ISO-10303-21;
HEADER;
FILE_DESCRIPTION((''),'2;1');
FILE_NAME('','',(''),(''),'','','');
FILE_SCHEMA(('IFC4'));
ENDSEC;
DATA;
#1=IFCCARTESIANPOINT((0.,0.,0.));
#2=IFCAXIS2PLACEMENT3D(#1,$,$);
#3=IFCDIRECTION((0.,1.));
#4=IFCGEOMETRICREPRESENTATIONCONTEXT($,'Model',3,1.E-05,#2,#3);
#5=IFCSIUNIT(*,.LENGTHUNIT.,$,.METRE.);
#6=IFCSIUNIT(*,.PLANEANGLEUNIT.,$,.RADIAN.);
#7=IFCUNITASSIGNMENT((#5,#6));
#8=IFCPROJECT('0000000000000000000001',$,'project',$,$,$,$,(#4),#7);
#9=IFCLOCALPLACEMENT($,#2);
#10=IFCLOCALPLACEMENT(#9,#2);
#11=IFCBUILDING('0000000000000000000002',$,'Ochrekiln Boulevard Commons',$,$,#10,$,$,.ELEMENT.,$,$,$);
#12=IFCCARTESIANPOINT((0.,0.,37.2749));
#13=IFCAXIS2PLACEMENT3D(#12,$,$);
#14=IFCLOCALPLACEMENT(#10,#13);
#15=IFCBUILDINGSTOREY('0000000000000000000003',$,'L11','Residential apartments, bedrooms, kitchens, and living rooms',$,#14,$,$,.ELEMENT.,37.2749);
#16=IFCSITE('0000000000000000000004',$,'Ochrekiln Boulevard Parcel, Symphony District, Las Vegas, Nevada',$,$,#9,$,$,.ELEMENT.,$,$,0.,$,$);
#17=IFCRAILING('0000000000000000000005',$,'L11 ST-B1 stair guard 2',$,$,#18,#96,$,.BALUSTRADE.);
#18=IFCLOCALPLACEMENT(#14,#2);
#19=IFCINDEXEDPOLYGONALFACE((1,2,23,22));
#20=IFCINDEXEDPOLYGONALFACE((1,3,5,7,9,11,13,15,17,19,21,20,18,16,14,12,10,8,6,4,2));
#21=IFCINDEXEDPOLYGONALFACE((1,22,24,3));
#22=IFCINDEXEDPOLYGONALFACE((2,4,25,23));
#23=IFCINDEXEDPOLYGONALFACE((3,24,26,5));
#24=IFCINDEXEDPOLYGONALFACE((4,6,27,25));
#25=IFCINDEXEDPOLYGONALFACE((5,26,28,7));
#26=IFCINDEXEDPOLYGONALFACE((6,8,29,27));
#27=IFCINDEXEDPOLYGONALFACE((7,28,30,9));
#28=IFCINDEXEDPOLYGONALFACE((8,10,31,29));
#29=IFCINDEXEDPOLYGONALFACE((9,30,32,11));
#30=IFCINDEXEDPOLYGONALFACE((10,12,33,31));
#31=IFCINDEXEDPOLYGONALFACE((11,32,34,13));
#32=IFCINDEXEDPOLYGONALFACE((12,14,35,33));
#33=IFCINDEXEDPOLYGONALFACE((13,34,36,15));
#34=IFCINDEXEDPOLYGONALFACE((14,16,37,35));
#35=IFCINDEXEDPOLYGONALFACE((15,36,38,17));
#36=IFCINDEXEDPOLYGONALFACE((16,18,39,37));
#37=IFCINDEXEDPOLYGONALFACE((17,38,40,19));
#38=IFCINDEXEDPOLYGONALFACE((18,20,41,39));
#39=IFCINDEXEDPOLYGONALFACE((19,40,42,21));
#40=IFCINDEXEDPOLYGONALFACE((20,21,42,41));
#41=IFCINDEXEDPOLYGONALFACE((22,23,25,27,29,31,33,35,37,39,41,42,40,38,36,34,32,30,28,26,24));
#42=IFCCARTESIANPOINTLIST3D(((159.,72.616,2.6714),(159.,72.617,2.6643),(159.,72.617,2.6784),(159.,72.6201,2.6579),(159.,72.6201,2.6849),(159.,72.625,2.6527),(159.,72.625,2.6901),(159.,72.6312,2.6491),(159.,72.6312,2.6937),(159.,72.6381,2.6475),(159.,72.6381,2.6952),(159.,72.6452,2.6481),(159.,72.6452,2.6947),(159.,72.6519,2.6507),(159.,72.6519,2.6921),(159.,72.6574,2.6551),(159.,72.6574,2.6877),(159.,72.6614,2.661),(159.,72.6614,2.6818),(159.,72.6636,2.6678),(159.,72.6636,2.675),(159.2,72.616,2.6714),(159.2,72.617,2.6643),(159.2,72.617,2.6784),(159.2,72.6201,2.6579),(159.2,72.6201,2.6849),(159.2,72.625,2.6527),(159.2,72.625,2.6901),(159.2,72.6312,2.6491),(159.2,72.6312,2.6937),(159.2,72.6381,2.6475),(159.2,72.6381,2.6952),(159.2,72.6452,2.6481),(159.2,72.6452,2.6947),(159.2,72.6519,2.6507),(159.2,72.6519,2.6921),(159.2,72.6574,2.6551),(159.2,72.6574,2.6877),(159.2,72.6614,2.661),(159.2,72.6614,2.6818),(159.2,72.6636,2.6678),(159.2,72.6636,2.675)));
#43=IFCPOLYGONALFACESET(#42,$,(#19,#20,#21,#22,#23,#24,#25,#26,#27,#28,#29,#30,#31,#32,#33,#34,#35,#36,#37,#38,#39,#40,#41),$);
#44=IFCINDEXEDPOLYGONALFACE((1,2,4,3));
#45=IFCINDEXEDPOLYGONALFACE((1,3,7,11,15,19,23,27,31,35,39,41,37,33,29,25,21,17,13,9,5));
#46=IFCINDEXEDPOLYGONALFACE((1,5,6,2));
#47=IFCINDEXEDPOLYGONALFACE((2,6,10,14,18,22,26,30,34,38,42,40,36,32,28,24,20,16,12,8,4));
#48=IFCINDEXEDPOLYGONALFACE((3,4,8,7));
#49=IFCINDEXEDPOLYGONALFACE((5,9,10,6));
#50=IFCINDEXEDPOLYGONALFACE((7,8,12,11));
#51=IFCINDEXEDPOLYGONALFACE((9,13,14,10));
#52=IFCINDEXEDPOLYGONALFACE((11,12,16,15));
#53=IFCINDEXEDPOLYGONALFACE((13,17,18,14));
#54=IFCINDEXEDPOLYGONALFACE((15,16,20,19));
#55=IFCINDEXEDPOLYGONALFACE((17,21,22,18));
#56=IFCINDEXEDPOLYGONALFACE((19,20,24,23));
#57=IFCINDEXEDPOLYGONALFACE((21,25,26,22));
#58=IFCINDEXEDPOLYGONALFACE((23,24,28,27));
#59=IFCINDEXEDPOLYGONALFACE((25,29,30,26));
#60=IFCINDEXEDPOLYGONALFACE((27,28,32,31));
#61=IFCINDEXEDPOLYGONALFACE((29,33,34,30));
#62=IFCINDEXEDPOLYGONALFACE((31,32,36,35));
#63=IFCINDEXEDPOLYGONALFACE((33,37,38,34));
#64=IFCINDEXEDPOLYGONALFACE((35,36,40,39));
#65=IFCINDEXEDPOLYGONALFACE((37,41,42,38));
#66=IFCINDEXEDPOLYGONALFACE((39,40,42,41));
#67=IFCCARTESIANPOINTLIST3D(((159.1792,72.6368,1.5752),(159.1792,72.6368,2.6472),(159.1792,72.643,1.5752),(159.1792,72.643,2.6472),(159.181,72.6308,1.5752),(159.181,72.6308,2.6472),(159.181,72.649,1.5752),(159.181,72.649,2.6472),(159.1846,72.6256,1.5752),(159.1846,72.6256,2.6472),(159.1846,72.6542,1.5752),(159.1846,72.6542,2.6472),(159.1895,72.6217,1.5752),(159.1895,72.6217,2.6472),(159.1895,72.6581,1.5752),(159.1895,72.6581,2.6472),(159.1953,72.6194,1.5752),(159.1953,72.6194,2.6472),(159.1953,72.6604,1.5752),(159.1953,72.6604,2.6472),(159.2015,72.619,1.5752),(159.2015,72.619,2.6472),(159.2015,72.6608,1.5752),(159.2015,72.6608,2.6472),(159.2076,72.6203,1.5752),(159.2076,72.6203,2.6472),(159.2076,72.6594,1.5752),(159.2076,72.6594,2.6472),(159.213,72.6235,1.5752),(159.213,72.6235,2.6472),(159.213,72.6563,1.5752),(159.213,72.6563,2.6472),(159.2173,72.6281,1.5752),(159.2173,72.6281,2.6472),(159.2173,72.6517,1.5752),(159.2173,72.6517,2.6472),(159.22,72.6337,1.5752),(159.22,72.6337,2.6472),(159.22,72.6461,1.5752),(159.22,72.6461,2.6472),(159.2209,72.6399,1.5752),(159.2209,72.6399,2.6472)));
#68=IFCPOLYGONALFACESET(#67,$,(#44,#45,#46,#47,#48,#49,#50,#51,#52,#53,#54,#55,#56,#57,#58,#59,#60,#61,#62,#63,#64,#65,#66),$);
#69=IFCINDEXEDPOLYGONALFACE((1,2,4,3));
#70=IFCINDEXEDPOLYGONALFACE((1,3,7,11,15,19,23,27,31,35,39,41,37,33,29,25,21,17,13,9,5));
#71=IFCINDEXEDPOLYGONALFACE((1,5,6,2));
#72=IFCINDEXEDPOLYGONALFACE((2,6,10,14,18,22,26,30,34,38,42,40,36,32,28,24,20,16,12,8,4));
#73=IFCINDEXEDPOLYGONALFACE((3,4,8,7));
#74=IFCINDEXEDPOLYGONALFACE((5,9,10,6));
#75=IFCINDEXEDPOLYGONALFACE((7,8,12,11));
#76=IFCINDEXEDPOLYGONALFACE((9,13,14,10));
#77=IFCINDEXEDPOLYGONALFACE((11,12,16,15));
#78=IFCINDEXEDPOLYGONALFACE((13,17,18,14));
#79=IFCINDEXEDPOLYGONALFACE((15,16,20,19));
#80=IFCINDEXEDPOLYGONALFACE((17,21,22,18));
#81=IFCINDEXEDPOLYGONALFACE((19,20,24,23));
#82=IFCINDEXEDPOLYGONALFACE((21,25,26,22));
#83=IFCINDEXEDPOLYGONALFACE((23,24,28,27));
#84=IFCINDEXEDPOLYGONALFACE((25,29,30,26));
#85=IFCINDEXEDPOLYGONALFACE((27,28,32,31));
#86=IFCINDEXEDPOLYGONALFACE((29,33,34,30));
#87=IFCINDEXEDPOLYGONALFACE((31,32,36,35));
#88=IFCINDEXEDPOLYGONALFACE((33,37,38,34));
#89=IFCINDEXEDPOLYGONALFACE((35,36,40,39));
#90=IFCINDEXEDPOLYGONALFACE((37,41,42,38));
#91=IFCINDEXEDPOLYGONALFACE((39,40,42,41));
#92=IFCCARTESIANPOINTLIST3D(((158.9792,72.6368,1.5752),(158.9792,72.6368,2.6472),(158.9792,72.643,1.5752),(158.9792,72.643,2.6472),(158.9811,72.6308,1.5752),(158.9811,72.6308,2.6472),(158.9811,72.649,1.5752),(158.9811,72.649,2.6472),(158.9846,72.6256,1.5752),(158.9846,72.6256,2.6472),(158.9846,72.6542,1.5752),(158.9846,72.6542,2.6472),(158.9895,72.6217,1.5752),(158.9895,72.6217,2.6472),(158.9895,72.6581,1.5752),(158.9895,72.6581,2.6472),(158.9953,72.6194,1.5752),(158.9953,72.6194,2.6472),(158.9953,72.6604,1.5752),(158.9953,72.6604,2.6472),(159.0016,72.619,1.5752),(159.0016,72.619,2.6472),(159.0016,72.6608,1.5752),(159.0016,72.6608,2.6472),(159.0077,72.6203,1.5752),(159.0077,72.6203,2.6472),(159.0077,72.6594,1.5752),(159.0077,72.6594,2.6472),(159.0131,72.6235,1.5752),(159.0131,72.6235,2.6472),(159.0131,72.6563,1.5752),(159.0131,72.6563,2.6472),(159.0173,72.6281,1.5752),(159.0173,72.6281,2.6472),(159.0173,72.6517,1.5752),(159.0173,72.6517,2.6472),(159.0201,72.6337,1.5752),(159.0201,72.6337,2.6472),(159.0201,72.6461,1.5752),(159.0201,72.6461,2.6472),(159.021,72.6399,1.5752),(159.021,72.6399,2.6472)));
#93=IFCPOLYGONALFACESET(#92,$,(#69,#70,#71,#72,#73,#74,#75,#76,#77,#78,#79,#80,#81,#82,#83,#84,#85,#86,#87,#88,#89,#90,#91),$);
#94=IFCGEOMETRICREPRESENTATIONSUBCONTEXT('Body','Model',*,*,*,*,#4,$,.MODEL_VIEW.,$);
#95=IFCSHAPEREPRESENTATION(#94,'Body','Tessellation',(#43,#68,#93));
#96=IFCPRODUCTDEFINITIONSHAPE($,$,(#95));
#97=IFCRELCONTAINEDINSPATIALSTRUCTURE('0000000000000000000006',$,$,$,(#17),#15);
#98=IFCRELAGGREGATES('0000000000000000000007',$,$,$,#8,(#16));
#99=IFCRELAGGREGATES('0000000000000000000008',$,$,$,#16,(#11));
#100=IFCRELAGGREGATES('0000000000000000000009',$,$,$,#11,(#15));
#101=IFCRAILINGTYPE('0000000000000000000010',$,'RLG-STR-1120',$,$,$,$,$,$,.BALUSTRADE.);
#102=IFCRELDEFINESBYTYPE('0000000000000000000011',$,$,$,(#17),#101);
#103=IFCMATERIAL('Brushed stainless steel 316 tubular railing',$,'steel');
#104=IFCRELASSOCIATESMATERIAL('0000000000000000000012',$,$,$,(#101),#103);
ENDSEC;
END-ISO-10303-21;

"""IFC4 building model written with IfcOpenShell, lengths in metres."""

from ifc_helpers import new_model, si_unit, direction, frame, origin, origin_2d, place, context, subcontext, project, spatial, circle, extrude, material, type_object, element, save


model = new_model("IFC4")

# Units and contexts
model_context = context("Model", 3, precision=1e-05, world=origin(), true_north=direction((0.0, 1.0)))
body_context = subcontext(model_context, "Body", "Model", "MODEL_VIEW")
ifc_project = project(units=[si_unit("LENGTHUNIT", "METRE"), si_unit("PLANEANGLEUNIT", "RADIAN")], contexts=[model_context])

# Site, building, storey
site_placement = place(None, origin())
site = spatial("IfcSite", under=ifc_project, at=site_placement, Name="Ochrekiln Boulevard Parcel, Symphony District, Las Vegas, Nevada", CompositionType="ELEMENT", RefElevation=0.0)
building_placement = place(site_placement, origin())
building = spatial("IfcBuilding", under=site, at=building_placement, Name="Ochrekiln Boulevard Commons", CompositionType="ELEMENT")
storey_placement = place(building_placement, frame((0.0, 0.0, 37.2749)))
storey = spatial("IfcBuildingStorey", under=building, at=storey_placement, Name="L11", Description="Residential apartments, bedrooms, kitchens, and living rooms", CompositionType="ELEMENT", Elevation=37.2749)

# Railing
ifc_material_1 = material(Name="Brushed stainless steel 316 tubular railing", Category="steel")
railing_type_1 = type_object("IfcRailingType", Name="RLG-STR-1120", PredefinedType="BALUSTRADE", material=ifc_material_1)
railing_1_placement = place(storey_placement, frame((159.2, 72.6399, 1.5752)))
element("IfcRailing", 1, at=railing_1_placement, inside=storey, type_object=railing_type_1, Name="L11 ST-B1 stair guard 2", PredefinedType="BALUSTRADE", context=body_context, shape_type="SweptSolid", body=[
    extrude(circle(Radius=0.0239, at=origin_2d()), frame((0.0, 0.0, 1.0962), z_axis=(-1.0, 0.0, 0.0), x_axis=(0.0, -1.0, 0.0)), (0.0, 0.0, 1.0), 0.2),
    extrude(circle(Radius=0.021, at=origin_2d()), origin(), (0.0, 0.0, 1.0), 1.072),
    extrude(circle(Radius=0.021, at=origin_2d()), frame((-0.2, 0.0, 0.0)), (0.0, 0.0, 1.0), 1.072),
])

save(model, "model.ifc")
